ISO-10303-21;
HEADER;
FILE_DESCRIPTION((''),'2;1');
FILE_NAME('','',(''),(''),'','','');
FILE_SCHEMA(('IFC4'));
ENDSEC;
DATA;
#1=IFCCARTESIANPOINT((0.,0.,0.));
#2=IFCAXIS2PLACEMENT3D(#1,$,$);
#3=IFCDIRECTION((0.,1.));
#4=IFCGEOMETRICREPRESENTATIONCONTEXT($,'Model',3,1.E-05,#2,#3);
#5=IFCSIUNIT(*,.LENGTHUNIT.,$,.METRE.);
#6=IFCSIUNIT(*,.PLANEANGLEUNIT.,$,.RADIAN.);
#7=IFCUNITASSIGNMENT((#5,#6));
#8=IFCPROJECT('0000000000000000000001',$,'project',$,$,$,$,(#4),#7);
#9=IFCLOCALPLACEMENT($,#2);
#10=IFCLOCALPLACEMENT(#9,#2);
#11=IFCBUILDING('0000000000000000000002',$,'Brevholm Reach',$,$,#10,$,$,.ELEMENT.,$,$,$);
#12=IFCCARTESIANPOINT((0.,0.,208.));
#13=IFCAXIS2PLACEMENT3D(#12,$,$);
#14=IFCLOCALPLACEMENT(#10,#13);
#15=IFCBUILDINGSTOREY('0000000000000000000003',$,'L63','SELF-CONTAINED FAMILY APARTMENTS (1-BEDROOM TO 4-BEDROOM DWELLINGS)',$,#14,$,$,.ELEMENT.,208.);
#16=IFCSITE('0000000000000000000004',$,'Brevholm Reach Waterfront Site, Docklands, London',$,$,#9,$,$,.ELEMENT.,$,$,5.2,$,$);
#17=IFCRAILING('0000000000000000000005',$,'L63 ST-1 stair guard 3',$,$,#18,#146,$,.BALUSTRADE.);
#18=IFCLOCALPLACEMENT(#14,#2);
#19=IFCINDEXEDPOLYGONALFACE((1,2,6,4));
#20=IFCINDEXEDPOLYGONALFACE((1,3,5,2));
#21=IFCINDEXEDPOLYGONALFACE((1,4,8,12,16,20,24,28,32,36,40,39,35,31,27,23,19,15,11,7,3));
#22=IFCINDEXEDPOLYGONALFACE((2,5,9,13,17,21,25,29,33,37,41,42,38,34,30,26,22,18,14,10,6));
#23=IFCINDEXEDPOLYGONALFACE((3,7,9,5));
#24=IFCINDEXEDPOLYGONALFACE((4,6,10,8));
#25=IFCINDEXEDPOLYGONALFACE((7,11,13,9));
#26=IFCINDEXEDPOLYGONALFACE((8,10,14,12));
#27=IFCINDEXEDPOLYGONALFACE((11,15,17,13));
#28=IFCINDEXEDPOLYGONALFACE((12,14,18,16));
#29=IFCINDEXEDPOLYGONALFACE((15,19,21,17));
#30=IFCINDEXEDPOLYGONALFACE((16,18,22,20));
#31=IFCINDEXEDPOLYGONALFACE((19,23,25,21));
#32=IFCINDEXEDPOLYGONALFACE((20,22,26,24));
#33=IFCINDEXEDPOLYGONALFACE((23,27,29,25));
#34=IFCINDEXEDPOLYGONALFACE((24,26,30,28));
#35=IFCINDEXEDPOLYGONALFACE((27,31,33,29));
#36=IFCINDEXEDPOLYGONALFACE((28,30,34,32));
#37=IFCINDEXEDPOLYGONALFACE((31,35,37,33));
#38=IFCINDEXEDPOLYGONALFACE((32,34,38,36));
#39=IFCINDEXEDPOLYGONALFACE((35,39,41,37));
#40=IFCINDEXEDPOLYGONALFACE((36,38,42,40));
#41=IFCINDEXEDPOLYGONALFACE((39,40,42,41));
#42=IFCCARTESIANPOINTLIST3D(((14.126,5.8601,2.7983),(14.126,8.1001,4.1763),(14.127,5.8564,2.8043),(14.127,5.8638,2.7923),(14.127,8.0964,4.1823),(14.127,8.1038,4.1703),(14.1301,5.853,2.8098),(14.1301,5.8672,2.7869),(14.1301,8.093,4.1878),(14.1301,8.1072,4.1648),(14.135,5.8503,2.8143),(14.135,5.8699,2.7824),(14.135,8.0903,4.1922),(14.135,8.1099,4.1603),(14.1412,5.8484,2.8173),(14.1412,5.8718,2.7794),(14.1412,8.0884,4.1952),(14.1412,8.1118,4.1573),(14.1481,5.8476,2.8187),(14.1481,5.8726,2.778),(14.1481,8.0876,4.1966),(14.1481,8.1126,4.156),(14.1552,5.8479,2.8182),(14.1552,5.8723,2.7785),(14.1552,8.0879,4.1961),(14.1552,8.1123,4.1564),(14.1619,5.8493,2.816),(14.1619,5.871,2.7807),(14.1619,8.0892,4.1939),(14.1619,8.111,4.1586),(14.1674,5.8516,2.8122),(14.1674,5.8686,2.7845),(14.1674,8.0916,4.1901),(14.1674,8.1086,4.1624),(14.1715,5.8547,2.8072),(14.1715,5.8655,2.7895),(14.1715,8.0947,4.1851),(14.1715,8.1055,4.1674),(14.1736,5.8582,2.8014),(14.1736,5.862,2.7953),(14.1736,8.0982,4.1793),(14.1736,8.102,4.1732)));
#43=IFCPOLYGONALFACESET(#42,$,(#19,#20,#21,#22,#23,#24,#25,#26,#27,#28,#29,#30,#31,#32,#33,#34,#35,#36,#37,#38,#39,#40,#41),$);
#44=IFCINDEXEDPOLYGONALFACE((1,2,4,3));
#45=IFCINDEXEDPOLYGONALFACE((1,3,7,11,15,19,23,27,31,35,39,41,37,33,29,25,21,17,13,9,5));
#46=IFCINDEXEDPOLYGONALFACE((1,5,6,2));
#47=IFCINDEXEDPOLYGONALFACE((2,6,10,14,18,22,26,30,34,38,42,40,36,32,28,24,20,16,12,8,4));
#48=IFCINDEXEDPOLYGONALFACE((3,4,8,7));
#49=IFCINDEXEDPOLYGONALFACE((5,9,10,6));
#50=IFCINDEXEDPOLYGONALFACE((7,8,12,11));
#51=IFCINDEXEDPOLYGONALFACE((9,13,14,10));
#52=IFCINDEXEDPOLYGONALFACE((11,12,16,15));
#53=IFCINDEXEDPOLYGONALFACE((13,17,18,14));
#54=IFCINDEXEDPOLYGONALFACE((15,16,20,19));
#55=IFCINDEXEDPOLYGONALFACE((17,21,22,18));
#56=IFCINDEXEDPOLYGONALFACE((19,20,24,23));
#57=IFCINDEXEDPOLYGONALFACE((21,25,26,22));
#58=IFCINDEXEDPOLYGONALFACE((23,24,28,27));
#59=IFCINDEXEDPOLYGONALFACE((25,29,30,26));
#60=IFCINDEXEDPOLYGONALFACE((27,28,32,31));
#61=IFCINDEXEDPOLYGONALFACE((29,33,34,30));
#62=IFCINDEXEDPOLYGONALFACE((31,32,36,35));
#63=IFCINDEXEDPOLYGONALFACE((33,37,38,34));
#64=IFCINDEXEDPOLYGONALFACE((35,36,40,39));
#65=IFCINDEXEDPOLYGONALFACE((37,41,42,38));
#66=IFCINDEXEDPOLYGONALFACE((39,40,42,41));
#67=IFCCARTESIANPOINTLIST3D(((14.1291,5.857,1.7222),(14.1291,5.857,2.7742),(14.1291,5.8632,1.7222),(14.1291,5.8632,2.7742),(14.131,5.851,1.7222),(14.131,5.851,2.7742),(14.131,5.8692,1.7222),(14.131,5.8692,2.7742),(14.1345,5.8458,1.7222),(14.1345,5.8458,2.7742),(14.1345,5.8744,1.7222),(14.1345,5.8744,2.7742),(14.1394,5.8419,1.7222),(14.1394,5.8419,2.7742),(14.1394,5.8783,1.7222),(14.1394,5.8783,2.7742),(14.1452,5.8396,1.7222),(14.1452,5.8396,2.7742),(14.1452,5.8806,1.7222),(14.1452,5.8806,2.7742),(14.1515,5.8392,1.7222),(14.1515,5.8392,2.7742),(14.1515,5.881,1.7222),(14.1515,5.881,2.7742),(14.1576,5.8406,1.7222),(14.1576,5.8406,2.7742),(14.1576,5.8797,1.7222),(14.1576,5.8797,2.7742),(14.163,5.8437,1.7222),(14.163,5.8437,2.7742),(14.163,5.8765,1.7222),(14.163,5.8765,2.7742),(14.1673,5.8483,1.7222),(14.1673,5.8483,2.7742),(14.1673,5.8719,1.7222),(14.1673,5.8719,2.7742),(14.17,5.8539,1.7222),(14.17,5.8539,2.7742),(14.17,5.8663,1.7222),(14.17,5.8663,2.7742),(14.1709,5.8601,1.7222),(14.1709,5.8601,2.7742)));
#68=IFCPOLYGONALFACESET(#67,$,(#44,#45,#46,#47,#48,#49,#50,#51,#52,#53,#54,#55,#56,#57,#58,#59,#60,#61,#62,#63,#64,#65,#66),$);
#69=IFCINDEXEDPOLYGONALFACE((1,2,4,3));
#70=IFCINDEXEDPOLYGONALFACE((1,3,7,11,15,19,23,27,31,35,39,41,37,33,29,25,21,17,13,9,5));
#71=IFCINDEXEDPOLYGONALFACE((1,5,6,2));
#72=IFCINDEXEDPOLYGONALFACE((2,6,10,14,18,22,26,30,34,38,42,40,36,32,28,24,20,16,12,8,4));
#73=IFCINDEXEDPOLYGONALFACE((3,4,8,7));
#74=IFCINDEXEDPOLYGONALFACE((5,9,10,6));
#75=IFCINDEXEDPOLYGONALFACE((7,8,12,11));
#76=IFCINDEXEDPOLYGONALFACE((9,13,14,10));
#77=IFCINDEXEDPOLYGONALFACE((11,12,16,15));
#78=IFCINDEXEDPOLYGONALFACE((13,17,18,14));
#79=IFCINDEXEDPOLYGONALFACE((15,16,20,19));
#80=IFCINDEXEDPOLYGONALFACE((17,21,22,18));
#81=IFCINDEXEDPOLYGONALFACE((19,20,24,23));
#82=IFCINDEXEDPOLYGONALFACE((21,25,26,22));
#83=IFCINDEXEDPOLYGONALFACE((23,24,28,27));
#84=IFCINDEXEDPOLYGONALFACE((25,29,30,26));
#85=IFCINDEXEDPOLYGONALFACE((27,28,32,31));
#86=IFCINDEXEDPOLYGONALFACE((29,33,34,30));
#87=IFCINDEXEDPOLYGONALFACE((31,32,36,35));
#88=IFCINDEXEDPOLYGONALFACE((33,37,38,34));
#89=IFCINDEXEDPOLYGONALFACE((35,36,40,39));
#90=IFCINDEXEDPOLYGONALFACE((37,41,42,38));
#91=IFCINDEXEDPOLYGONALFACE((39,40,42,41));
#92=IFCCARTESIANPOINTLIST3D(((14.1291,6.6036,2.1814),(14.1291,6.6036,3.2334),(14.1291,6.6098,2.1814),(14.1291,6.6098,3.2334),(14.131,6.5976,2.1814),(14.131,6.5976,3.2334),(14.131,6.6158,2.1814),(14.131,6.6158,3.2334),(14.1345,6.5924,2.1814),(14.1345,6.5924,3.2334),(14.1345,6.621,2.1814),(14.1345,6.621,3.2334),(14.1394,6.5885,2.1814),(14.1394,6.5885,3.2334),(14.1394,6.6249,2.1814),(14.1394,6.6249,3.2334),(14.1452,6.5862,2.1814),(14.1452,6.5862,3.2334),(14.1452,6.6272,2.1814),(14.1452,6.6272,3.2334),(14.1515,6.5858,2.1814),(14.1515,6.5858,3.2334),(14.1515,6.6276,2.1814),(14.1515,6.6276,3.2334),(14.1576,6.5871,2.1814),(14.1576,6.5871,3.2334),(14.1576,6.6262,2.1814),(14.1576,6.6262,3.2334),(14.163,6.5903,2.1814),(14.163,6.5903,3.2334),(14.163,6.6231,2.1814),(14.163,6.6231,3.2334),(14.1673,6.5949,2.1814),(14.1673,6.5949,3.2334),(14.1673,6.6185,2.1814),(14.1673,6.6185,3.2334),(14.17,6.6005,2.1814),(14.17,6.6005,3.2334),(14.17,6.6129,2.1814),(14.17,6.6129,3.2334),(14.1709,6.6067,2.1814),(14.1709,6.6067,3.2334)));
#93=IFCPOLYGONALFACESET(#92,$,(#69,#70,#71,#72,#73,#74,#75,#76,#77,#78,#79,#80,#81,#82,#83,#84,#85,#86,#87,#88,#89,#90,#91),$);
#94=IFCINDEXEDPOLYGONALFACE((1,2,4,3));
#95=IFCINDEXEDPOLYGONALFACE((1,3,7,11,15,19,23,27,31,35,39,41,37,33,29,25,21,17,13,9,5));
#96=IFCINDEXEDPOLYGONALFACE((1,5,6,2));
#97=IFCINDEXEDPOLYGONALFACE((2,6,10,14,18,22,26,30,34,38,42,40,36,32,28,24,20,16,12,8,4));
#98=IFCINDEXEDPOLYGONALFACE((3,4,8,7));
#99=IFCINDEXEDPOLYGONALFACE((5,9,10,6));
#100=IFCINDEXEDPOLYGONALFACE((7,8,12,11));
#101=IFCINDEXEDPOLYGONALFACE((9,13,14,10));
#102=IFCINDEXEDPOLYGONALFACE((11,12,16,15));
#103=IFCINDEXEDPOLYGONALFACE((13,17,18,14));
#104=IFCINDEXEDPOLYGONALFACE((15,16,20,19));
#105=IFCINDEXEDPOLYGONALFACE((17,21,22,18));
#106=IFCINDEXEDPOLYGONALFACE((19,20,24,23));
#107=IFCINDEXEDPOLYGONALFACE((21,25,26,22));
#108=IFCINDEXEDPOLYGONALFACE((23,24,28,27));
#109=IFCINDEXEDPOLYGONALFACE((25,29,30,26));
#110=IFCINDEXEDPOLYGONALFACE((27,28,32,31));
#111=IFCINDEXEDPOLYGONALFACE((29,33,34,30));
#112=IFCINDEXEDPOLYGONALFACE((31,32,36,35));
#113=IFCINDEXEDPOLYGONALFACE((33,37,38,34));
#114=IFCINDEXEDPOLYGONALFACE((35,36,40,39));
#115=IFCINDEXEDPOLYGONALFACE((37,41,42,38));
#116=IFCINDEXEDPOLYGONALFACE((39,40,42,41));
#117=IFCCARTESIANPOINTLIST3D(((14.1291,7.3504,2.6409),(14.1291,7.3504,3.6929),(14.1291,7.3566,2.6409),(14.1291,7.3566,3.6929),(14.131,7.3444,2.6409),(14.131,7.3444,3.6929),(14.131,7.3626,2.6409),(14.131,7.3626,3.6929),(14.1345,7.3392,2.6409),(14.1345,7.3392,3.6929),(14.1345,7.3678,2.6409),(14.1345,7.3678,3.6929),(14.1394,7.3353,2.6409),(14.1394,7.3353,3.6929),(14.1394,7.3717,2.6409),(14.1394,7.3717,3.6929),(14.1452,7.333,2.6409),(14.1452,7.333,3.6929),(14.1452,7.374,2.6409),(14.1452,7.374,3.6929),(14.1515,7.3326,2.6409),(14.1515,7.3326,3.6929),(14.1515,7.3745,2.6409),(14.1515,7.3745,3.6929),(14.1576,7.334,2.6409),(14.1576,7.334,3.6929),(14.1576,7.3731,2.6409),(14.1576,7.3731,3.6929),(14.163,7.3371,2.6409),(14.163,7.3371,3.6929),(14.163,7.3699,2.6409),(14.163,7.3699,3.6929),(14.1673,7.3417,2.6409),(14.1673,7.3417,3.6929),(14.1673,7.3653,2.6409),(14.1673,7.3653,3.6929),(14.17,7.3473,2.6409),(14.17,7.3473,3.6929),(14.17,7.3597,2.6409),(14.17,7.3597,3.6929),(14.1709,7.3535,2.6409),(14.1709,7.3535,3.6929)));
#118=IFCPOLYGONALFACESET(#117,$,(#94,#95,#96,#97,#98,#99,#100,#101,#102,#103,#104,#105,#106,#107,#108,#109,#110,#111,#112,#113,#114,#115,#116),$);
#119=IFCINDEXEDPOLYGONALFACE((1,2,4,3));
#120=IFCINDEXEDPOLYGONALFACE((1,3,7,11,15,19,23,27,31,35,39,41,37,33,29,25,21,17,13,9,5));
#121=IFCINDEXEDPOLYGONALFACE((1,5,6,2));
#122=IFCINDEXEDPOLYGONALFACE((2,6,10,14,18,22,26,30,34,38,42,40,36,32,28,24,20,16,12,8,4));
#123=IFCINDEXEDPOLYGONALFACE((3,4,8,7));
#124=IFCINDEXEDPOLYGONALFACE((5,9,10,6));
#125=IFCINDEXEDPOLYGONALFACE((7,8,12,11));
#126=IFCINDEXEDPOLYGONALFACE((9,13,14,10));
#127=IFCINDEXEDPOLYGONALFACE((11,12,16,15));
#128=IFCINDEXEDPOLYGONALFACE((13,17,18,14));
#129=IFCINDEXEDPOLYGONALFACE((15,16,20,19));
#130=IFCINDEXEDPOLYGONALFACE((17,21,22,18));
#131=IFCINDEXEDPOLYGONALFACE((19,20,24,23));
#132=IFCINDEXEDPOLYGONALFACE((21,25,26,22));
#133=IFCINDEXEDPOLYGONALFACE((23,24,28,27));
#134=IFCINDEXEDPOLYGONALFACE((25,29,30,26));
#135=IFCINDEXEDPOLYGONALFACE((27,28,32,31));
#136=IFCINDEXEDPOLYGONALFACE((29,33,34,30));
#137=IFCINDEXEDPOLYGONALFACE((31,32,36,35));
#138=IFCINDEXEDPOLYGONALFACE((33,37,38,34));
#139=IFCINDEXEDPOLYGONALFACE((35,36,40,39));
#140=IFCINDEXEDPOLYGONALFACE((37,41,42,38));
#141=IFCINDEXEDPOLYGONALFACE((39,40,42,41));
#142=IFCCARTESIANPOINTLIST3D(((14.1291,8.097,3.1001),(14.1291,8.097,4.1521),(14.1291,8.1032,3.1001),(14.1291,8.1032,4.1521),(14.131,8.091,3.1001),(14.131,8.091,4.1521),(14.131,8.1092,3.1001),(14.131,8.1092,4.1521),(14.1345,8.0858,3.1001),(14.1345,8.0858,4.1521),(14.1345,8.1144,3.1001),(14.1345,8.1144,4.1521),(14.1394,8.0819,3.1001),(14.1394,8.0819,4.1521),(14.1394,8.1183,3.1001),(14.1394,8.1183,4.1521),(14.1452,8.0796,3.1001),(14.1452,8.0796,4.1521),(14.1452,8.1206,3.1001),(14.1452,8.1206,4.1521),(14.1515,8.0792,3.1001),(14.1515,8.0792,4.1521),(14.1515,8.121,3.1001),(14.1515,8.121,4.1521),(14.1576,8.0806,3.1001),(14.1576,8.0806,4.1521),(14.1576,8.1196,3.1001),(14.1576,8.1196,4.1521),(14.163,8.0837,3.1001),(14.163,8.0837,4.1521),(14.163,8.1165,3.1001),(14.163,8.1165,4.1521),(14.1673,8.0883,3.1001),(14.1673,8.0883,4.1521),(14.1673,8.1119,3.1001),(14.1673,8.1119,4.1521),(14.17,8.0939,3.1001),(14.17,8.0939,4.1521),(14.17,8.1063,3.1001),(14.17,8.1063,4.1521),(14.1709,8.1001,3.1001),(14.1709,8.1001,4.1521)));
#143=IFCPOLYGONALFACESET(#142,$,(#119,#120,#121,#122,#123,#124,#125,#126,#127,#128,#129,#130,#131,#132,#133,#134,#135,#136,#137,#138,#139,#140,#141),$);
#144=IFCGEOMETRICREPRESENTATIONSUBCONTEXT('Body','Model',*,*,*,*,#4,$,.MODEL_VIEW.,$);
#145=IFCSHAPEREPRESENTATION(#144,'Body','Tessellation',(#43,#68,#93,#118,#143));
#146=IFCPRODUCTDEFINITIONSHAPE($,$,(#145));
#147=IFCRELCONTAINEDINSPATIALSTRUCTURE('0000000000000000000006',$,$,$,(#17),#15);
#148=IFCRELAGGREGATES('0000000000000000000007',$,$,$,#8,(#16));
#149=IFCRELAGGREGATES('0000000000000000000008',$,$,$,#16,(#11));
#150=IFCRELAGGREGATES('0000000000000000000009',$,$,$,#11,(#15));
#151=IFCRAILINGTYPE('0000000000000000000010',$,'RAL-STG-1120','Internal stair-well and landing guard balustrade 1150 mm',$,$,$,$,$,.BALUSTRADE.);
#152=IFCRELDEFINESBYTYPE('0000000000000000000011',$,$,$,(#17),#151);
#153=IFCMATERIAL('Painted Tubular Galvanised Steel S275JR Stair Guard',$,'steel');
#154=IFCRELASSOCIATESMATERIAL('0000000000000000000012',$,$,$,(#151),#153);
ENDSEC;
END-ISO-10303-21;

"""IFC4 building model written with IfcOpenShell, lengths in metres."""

from ifc_helpers import new_model, si_unit, direction, frame, origin, origin_2d, place, context, subcontext, project, spatial, circle, extrude, material, type_object, element, save


model = new_model("IFC4")

# Units and contexts
model_context = context("Model", 3, precision=1e-05, world=origin(), true_north=direction((0.0, 1.0)))
body_context = subcontext(model_context, "Body", "Model", "MODEL_VIEW")
ifc_project = project(units=[si_unit("LENGTHUNIT", "METRE"), si_unit("PLANEANGLEUNIT", "RADIAN")], contexts=[model_context])

# Site, building, storey
site_placement = place(None, origin())
site = spatial("IfcSite", under=ifc_project, at=site_placement, Name="Brevholm Reach Waterfront Site, Docklands, London", CompositionType="ELEMENT", RefElevation=5.2)
building_placement = place(site_placement, origin())
building = spatial("IfcBuilding", under=site, at=building_placement, Name="Brevholm Reach", CompositionType="ELEMENT")
storey_placement = place(building_placement, frame((0.0, 0.0, 208.0)))
storey = spatial("IfcBuildingStorey", under=building, at=storey_placement, Name="L63", Description="SELF-CONTAINED FAMILY APARTMENTS (1-BEDROOM TO 4-BEDROOM DWELLINGS)", CompositionType="ELEMENT", Elevation=208.0)

# Railing
ifc_material_1 = material(Name="Painted Tubular Galvanised Steel S275JR Stair Guard", Category="steel")
railing_type_1 = type_object("IfcRailingType", Name="RAL-STG-1120", Description="Internal stair-well and landing guard balustrade 1150 mm", PredefinedType="BALUSTRADE", material=ifc_material_1)
railing_1_placement = place(storey_placement, frame((14.1499, 5.8601, 1.7222)))
element("IfcRailing", 1, at=railing_1_placement, inside=storey, type_object=railing_type_1, Name="L63 ST-1 stair guard 3", PredefinedType="BALUSTRADE", context=body_context, shape_type="SweptSolid", body=[
    extrude(circle(Radius=0.0239, at=origin_2d()), frame((0.0, 0.0, 1.0762), z_axis=(0.0, 0.851748, 0.523952), x_axis=(-1.0, 0.0, 0.0)), (0.0, 0.0, 1.0), 2.6299),
    extrude(circle(Radius=0.021, at=origin_2d()), origin(), (0.0, 0.0, 1.0), 1.052),
    extrude(circle(Radius=0.021, at=origin_2d()), frame((0.0, 0.7466, 0.4592)), (0.0, 0.0, 1.0), 1.052),
    extrude(circle(Radius=0.021, at=origin_2d()), frame((0.0, 1.4934, 0.9187)), (0.0, 0.0, 1.0), 1.052),
    extrude(circle(Radius=0.021, at=origin_2d()), frame((0.0, 2.24, 1.3779)), (0.0, 0.0, 1.0), 1.052),
])

save(model, "model.ifc")
